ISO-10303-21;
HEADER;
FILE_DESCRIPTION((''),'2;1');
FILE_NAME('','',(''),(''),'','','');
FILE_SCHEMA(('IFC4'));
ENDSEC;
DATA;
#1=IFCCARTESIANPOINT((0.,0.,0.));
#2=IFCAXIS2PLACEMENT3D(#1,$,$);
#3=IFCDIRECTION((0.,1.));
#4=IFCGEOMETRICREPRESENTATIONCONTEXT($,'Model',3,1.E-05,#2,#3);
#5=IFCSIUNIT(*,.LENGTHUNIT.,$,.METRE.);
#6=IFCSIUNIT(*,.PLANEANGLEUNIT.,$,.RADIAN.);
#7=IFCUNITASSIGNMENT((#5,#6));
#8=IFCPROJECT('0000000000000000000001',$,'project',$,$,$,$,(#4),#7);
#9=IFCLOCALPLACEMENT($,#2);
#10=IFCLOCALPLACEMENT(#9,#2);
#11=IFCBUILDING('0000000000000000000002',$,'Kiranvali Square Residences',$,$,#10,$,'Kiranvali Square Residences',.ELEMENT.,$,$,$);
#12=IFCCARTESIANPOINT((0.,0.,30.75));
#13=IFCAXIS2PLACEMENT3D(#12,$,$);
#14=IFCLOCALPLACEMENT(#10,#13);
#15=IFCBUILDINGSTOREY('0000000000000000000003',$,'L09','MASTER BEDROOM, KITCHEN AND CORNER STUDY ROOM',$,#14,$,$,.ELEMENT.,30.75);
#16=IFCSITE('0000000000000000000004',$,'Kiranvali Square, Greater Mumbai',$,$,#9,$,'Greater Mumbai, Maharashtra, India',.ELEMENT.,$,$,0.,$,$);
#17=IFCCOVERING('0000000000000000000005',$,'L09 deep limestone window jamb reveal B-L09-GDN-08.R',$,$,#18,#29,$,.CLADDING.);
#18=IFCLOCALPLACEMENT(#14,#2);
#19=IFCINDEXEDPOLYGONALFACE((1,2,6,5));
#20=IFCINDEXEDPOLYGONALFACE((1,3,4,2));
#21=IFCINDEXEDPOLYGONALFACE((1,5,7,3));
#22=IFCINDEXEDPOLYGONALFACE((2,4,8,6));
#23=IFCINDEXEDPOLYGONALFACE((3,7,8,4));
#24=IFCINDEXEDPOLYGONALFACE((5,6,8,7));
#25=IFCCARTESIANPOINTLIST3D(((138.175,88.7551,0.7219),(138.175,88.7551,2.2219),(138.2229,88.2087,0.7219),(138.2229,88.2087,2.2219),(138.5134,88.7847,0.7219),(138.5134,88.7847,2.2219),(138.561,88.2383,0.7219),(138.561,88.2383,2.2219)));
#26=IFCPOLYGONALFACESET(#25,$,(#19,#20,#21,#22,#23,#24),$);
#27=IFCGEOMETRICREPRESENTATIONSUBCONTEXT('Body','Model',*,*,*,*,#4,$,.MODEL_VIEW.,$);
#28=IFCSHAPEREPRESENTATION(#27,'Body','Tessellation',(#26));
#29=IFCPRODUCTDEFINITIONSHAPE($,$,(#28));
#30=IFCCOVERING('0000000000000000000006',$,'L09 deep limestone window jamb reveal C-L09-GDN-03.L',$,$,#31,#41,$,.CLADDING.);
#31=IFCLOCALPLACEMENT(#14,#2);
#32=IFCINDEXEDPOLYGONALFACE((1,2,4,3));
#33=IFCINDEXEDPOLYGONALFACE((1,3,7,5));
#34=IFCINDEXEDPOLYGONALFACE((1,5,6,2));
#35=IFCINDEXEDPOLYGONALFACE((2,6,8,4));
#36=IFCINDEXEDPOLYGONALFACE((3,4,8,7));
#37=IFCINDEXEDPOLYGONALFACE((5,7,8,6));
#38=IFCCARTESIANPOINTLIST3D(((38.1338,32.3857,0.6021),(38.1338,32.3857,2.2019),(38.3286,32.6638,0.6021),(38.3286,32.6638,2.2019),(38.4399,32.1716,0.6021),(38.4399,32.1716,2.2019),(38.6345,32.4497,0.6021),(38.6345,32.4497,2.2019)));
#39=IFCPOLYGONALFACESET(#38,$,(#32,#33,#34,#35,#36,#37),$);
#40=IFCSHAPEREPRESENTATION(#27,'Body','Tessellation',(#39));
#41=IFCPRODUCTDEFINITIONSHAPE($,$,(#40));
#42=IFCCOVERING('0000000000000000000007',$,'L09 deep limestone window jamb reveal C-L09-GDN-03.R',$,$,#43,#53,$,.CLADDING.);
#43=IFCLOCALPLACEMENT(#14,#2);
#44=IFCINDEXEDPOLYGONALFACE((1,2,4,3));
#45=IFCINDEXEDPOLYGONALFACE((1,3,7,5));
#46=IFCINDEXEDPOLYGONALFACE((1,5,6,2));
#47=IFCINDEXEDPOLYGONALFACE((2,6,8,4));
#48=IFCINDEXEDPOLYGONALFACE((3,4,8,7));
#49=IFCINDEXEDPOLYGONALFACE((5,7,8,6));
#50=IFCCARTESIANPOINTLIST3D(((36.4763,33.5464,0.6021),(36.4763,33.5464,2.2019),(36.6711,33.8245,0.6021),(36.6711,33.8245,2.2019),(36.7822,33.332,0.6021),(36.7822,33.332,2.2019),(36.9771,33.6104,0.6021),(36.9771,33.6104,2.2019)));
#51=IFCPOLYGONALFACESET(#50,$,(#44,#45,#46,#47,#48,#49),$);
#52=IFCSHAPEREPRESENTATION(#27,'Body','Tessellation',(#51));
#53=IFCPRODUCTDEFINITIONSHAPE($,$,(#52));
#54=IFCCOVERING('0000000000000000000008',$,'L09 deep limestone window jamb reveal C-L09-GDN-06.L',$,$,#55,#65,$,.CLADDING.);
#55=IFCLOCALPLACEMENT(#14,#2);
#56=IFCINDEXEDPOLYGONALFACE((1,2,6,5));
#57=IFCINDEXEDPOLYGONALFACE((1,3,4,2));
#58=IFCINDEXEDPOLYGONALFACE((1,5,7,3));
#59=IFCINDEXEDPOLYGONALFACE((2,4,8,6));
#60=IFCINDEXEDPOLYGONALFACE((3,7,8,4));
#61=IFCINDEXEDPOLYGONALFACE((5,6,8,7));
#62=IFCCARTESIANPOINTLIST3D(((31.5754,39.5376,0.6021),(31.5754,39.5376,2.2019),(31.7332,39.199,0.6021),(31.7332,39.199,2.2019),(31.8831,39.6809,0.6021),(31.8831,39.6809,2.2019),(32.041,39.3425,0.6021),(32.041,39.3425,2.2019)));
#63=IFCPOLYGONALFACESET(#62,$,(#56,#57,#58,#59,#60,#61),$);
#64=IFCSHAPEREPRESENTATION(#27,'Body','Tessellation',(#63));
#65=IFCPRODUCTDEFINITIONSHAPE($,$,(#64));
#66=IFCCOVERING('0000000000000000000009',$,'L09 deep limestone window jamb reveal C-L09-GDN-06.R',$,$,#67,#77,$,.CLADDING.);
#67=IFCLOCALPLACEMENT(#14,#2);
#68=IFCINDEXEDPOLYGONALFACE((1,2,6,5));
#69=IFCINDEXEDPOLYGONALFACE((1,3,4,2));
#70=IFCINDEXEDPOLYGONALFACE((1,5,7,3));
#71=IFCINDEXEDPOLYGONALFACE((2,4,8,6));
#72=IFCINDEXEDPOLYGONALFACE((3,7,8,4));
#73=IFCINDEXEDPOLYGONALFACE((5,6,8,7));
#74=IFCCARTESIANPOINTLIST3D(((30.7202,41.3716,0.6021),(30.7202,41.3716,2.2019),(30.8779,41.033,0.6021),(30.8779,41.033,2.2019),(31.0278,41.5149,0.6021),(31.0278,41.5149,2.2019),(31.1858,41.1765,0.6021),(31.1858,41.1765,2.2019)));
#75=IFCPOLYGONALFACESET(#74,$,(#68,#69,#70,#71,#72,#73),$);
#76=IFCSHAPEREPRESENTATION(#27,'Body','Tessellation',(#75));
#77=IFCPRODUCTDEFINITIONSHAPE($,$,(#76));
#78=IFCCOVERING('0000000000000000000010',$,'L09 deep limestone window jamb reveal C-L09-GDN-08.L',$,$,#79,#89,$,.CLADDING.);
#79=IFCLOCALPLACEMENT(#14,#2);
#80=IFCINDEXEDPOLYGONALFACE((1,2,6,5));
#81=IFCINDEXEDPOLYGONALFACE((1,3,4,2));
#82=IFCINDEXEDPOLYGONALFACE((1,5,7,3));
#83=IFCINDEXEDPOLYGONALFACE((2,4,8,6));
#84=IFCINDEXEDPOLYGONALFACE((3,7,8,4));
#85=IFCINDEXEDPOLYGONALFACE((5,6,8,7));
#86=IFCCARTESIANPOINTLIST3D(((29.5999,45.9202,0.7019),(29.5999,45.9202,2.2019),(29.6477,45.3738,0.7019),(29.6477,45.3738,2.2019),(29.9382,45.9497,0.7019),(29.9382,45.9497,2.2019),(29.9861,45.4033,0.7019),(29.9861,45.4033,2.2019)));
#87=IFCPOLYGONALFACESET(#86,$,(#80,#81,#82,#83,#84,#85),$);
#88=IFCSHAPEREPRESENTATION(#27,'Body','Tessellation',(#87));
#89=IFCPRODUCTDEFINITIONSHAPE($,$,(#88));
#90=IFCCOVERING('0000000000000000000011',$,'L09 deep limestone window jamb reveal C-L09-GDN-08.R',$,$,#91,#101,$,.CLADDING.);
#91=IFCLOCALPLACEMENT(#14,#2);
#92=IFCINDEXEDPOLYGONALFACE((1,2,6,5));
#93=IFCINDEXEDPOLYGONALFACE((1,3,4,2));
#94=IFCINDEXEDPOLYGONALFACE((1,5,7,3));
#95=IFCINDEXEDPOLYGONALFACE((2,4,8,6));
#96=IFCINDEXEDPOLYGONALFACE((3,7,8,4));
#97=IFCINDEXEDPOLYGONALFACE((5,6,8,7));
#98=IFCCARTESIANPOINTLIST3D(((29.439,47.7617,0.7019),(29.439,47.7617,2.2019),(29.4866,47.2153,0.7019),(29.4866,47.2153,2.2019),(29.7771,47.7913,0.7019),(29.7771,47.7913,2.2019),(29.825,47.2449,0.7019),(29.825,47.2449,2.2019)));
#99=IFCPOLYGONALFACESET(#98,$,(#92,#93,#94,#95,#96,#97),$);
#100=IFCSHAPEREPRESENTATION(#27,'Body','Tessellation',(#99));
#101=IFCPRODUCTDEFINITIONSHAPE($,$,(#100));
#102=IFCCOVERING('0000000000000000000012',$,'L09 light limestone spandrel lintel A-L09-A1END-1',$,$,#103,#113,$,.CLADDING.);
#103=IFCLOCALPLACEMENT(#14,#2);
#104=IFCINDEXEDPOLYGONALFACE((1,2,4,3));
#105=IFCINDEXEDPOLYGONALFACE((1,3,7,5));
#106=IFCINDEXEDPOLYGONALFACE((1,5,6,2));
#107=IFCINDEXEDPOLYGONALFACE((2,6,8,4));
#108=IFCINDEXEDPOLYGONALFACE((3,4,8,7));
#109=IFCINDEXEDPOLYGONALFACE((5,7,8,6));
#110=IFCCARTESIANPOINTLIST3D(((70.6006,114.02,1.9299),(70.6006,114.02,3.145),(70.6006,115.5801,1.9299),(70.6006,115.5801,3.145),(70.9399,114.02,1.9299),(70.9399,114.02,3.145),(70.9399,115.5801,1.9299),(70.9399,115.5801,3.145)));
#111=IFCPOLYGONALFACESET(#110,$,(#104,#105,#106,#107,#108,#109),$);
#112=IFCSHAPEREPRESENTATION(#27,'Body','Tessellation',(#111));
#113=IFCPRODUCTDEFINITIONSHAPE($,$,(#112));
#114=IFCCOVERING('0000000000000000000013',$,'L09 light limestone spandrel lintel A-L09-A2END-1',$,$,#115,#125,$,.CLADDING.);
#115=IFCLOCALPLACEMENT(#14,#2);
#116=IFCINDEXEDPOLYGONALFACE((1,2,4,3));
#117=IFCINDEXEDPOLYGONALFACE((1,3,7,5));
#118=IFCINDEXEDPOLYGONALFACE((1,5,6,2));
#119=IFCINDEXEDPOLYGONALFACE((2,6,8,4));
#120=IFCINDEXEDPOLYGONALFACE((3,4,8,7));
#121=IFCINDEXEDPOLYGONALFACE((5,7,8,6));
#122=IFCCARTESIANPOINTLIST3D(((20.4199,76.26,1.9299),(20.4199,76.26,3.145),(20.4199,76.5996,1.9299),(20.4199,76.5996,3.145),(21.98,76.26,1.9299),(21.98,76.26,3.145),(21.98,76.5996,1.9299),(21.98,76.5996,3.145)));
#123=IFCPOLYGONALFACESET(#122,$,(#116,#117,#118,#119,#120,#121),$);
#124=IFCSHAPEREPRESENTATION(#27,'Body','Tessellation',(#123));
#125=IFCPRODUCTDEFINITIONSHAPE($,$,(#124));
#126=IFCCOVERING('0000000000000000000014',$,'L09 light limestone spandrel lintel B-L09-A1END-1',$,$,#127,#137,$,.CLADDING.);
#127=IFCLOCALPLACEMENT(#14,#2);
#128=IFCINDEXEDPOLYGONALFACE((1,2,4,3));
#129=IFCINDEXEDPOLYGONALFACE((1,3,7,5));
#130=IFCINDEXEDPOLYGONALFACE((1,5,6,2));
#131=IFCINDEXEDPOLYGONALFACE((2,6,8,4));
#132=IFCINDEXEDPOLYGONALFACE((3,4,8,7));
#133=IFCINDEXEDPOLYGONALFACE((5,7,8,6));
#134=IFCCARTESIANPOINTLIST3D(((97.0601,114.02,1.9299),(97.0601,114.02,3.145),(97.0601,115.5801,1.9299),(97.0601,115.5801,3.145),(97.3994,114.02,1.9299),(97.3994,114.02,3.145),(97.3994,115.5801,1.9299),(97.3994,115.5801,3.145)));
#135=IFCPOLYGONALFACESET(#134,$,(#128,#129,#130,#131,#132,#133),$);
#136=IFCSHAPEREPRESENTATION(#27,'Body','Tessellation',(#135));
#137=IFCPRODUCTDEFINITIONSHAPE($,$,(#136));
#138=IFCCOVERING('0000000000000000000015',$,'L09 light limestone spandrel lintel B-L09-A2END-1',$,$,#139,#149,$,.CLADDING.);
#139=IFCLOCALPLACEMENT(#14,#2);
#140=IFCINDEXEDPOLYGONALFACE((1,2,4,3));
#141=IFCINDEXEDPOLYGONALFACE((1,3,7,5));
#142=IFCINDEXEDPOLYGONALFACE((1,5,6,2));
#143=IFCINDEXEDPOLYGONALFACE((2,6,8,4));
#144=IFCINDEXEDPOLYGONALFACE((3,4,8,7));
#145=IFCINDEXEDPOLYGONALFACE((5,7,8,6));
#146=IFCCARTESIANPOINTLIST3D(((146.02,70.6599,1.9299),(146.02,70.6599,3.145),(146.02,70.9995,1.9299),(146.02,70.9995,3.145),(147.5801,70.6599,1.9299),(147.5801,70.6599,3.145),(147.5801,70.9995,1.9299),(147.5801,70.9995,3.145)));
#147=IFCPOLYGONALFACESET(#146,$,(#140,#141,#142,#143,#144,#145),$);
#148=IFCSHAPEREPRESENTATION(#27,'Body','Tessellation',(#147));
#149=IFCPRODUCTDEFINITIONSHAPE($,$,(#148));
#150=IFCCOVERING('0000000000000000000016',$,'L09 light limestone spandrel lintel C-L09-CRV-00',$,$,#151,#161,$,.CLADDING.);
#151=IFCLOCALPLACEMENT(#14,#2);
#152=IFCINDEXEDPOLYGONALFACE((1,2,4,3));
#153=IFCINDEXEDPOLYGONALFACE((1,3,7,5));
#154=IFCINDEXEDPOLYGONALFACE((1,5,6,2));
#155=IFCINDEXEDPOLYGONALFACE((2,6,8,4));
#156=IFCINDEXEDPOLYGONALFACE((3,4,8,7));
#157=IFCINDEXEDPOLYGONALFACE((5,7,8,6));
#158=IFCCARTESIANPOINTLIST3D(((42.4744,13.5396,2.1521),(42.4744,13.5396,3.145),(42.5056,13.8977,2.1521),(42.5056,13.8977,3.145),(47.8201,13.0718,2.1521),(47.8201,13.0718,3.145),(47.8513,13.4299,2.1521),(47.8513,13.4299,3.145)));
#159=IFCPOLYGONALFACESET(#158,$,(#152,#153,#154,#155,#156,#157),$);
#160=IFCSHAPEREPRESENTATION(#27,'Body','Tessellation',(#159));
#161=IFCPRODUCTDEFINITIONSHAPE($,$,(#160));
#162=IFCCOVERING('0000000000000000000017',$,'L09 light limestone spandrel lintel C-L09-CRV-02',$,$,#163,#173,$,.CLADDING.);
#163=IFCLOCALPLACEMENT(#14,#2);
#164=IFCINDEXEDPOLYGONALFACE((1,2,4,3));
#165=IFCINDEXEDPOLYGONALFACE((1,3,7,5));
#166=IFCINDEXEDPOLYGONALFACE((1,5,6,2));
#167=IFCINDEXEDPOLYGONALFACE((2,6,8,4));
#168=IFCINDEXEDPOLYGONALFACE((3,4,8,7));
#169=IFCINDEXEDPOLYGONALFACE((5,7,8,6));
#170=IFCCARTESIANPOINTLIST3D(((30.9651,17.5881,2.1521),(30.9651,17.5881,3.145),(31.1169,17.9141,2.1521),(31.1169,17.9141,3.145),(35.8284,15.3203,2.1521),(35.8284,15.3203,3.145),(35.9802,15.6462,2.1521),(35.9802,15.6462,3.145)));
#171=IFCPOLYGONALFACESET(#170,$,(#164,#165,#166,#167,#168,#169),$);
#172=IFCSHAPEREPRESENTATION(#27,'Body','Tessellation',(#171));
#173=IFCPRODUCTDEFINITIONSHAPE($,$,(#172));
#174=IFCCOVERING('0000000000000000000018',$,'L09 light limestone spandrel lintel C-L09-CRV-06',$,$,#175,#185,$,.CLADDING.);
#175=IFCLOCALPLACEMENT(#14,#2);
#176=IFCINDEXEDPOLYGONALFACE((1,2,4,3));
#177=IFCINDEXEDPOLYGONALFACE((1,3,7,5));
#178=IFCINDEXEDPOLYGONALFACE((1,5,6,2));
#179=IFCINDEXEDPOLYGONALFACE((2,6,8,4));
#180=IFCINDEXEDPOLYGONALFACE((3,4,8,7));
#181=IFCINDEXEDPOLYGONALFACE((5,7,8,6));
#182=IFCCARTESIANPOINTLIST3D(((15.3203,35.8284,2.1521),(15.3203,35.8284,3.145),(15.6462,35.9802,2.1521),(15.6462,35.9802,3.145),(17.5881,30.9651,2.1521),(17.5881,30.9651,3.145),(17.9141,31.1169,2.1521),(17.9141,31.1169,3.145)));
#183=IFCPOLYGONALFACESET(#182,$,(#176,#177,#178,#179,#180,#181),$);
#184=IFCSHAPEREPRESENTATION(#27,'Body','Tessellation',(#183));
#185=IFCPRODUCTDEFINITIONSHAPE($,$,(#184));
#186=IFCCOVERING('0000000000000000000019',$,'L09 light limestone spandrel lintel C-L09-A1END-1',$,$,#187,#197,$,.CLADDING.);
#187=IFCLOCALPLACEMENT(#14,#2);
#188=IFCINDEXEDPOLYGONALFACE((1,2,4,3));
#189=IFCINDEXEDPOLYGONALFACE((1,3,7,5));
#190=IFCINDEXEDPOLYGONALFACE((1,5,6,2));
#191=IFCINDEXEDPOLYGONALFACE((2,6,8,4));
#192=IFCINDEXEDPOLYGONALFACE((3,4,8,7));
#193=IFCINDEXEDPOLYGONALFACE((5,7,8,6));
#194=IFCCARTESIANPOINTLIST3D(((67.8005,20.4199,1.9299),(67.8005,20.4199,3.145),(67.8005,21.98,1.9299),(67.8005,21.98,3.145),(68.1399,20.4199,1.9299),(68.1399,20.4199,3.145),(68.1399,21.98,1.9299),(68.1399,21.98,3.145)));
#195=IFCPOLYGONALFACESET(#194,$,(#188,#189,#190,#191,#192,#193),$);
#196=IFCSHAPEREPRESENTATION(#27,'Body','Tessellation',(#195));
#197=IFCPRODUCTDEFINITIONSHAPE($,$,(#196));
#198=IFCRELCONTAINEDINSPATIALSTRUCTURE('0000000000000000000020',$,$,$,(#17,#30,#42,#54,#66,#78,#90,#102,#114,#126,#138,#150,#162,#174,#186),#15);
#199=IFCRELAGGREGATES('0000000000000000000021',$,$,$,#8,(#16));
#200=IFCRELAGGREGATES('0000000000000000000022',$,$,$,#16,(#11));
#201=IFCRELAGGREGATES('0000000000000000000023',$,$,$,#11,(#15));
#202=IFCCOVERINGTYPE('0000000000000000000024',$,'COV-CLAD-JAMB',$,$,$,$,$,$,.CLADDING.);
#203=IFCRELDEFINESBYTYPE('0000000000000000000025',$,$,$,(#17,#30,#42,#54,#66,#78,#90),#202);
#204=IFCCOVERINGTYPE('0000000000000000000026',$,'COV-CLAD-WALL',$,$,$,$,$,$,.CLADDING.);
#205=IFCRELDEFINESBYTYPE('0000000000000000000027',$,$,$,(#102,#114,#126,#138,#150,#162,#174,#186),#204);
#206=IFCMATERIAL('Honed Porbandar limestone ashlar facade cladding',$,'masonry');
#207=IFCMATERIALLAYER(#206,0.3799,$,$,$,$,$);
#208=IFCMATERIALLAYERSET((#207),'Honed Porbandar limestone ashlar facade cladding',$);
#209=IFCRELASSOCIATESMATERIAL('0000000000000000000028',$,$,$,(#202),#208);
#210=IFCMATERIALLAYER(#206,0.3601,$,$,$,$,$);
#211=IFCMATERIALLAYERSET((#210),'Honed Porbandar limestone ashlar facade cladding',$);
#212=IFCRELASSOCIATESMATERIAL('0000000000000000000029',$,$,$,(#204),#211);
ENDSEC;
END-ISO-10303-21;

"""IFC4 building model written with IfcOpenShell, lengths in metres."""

from ifc_helpers import new_model, si_unit, direction, frame, origin, place, context, subcontext, project, spatial, polyline, outline, extrude, material, layer, layer_set, type_object, element, save


model = new_model("IFC4")

# Units and contexts
model_context = context("Model", 3, precision=1e-05, world=origin(), true_north=direction((0.0, 1.0)))
body_context = subcontext(model_context, "Body", "Model", "MODEL_VIEW")
ifc_project = project(units=[si_unit("LENGTHUNIT", "METRE"), si_unit("PLANEANGLEUNIT", "RADIAN")], contexts=[model_context])

# Site, building, storey
site_placement = place(None, origin())
site = spatial("IfcSite", under=ifc_project, at=site_placement, Name="Kiranvali Square, Greater Mumbai", LongName="Greater Mumbai, Maharashtra, India", CompositionType="ELEMENT", RefElevation=0.0)
building_placement = place(site_placement, origin())
building = spatial("IfcBuilding", under=site, at=building_placement, Name="Kiranvali Square Residences", LongName="Kiranvali Square Residences", CompositionType="ELEMENT")
storey_placement = place(building_placement, frame((0.0, 0.0, 30.75)))
storey = spatial("IfcBuildingStorey", under=building, at=storey_placement, Name="L09", Description="MASTER BEDROOM, KITCHEN AND CORNER STUDY ROOM", CompositionType="ELEMENT", Elevation=30.75)

# Coverings
ifc_material = material(Name="Honed Porbandar limestone ashlar facade cladding", Category="masonry")
ifc_layer_1 = layer(ifc_material, 0.3799)
ifc_layer_set_1 = layer_set([ifc_layer_1], Name="Honed Porbandar limestone ashlar facade cladding")
covering_type_1 = type_object("IfcCoveringType", Name="COV-CLAD-JAMB", PredefinedType="CLADDING", material=ifc_layer_set_1)
covering_1_placement = place(storey_placement, frame((0.0, 0.0, 0.7219)))
element("IfcCovering", 1, at=covering_1_placement, inside=storey, type_object=covering_type_1, Name="L09 deep limestone window jamb reveal B-L09-GDN-08.R", PredefinedType="CLADDING", context=body_context, shape_type="SweptSolid", body=[
    extrude(outline(polyline([(138.175, 88.7551), (138.2229, 88.2087), (138.561, 88.2383), (138.5134, 88.7847), (138.175, 88.7551)])), origin(), (0.0, 0.0, 1.0), 1.5),
])
covering_2_placement = place(storey_placement, frame((0.0, 0.0, 0.6021)))
element("IfcCovering", 2, at=covering_2_placement, inside=storey, type_object=covering_type_1, Name="L09 deep limestone window jamb reveal C-L09-GDN-03.L", PredefinedType="CLADDING", context=body_context, shape_type="SweptSolid", body=[
    extrude(outline(polyline([(38.6345, 32.4497), (38.3286, 32.6638), (38.1338, 32.3857), (38.4399, 32.1716), (38.6345, 32.4497)])), origin(), (0.0, 0.0, 1.0), 1.5999),
])
covering_3_placement = place(storey_placement, frame((0.0, 0.0, 0.6021)))
element("IfcCovering", 3, at=covering_3_placement, inside=storey, type_object=covering_type_1, Name="L09 deep limestone window jamb reveal C-L09-GDN-03.R", PredefinedType="CLADDING", context=body_context, shape_type="SweptSolid", body=[
    extrude(outline(polyline([(36.9771, 33.6104), (36.6711, 33.8245), (36.4763, 33.5464), (36.7822, 33.332), (36.9771, 33.6104)])), origin(), (0.0, 0.0, 1.0), 1.5999),
])
covering_4_placement = place(storey_placement, frame((0.0, 0.0, 0.6021)))
element("IfcCovering", 4, at=covering_4_placement, inside=storey, type_object=covering_type_1, Name="L09 deep limestone window jamb reveal C-L09-GDN-06.L", PredefinedType="CLADDING", context=body_context, shape_type="SweptSolid", body=[
    extrude(outline(polyline([(32.041, 39.3425), (31.8831, 39.6809), (31.5754, 39.5376), (31.7332, 39.199), (32.041, 39.3425)])), origin(), (0.0, 0.0, 1.0), 1.5999),
])
covering_5_placement = place(storey_placement, frame((0.0, 0.0, 0.6021)))
element("IfcCovering", 5, at=covering_5_placement, inside=storey, type_object=covering_type_1, Name="L09 deep limestone window jamb reveal C-L09-GDN-06.R", PredefinedType="CLADDING", context=body_context, shape_type="SweptSolid", body=[
    extrude(outline(polyline([(31.1858, 41.1765), (31.0278, 41.5149), (30.7202, 41.3716), (30.8779, 41.033), (31.1858, 41.1765)])), origin(), (0.0, 0.0, 1.0), 1.5999),
])
covering_6_placement = place(storey_placement, frame((0.0, 0.0, 0.7019)))
element("IfcCovering", 6, at=covering_6_placement, inside=storey, type_object=covering_type_1, Name="L09 deep limestone window jamb reveal C-L09-GDN-08.L", PredefinedType="CLADDING", context=body_context, shape_type="SweptSolid", body=[
    extrude(outline(polyline([(29.9861, 45.4033), (29.9382, 45.9497), (29.5999, 45.9202), (29.6477, 45.3738), (29.9861, 45.4033)])), origin(), (0.0, 0.0, 1.0), 1.5),
])
covering_7_placement = place(storey_placement, frame((0.0, 0.0, 0.7019)))
element("IfcCovering", 7, at=covering_7_placement, inside=storey, type_object=covering_type_1, Name="L09 deep limestone window jamb reveal C-L09-GDN-08.R", PredefinedType="CLADDING", context=body_context, shape_type="SweptSolid", body=[
    extrude(outline(polyline([(29.825, 47.2449), (29.7771, 47.7913), (29.439, 47.7617), (29.4866, 47.2153), (29.825, 47.2449)])), origin(), (0.0, 0.0, 1.0), 1.5),
])
ifc_layer_2 = layer(ifc_material, 0.3601)
ifc_layer_set_2 = layer_set([ifc_layer_2], Name="Honed Porbandar limestone ashlar facade cladding")
covering_type_2 = type_object("IfcCoveringType", Name="COV-CLAD-WALL", PredefinedType="CLADDING", material=ifc_layer_set_2)
covering_8_placement = place(storey_placement, frame((0.0, 0.0, 1.9299)))
element("IfcCovering", 8, at=covering_8_placement, inside=storey, type_object=covering_type_2, Name="L09 light limestone spandrel lintel A-L09-A1END-1", PredefinedType="CLADDING", context=body_context, shape_type="SweptSolid", body=[
    extrude(outline(polyline([(70.9399, 114.02), (70.9399, 115.5801), (70.6006, 115.5801), (70.6006, 114.02), (70.9399, 114.02)])), origin(), (0.0, 0.0, 1.0), 1.2151),
])
covering_9_placement = place(storey_placement, frame((0.0, 0.0, 1.9299)))
element("IfcCovering", 9, at=covering_9_placement, inside=storey, type_object=covering_type_2, Name="L09 light limestone spandrel lintel A-L09-A2END-1", PredefinedType="CLADDING", context=body_context, shape_type="SweptSolid", body=[
    extrude(outline(polyline([(21.98, 76.5996), (20.4199, 76.5996), (20.4199, 76.26), (21.98, 76.26), (21.98, 76.5996)])), origin(), (0.0, 0.0, 1.0), 1.2151),
])
covering_10_placement = place(storey_placement, frame((0.0, 0.0, 1.9299)))
element("IfcCovering", 10, at=covering_10_placement, inside=storey, type_object=covering_type_2, Name="L09 light limestone spandrel lintel B-L09-A1END-1", PredefinedType="CLADDING", context=body_context, shape_type="SweptSolid", body=[
    extrude(outline(polyline([(97.3994, 114.02), (97.3994, 115.5801), (97.0601, 115.5801), (97.0601, 114.02), (97.3994, 114.02)])), origin(), (0.0, 0.0, 1.0), 1.2151),
])
covering_11_placement = place(storey_placement, frame((0.0, 0.0, 1.9299)))
element("IfcCovering", 11, at=covering_11_placement, inside=storey, type_object=covering_type_2, Name="L09 light limestone spandrel lintel B-L09-A2END-1", PredefinedType="CLADDING", context=body_context, shape_type="SweptSolid", body=[
    extrude(outline(polyline([(146.02, 70.6599), (147.5801, 70.6599), (147.5801, 70.9995), (146.02, 70.9995), (146.02, 70.6599)])), origin(), (0.0, 0.0, 1.0), 1.2151),
])
covering_12_placement = place(storey_placement, frame((0.0, 0.0, 2.1521)))
element("IfcCovering", 12, at=covering_12_placement, inside=storey, type_object=covering_type_2, Name="L09 light limestone spandrel lintel C-L09-CRV-00", PredefinedType="CLADDING", context=body_context, shape_type="SweptSolid", body=[
    extrude(outline(polyline([(47.8513, 13.4299), (42.5056, 13.8977), (42.4744, 13.5396), (47.8201, 13.0718), (47.8513, 13.4299)])), origin(), (0.0, 0.0, 1.0), 0.9929),
])
covering_13_placement = place(storey_placement, frame((0.0, 0.0, 2.1521)))
element("IfcCovering", 13, at=covering_13_placement, inside=storey, type_object=covering_type_2, Name="L09 light limestone spandrel lintel C-L09-CRV-02", PredefinedType="CLADDING", context=body_context, shape_type="SweptSolid", body=[
    extrude(outline(polyline([(35.9802, 15.6462), (31.1169, 17.9141), (30.9651, 17.5881), (35.8284, 15.3203), (35.9802, 15.6462)])), origin(), (0.0, 0.0, 1.0), 0.9929),
])
covering_14_placement = place(storey_placement, frame((0.0, 0.0, 2.1521)))
element("IfcCovering", 14, at=covering_14_placement, inside=storey, type_object=covering_type_2, Name="L09 light limestone spandrel lintel C-L09-CRV-06", PredefinedType="CLADDING", context=body_context, shape_type="SweptSolid", body=[
    extrude(outline(polyline([(17.9141, 31.1169), (15.6462, 35.9802), (15.3203, 35.8284), (17.5881, 30.9651), (17.9141, 31.1169)])), origin(), (0.0, 0.0, 1.0), 0.9929),
])
covering_15_placement = place(storey_placement, frame((0.0, 0.0, 1.9299)))
element("IfcCovering", 15, at=covering_15_placement, inside=storey, type_object=covering_type_2, Name="L09 light limestone spandrel lintel C-L09-A1END-1", PredefinedType="CLADDING", context=body_context, shape_type="SweptSolid", body=[
    extrude(outline(polyline([(67.8005, 21.98), (67.8005, 20.4199), (68.1399, 20.4199), (68.1399, 21.98), (67.8005, 21.98)])), origin(), (0.0, 0.0, 1.0), 1.2151),
])

save(model, "model.ifc")
